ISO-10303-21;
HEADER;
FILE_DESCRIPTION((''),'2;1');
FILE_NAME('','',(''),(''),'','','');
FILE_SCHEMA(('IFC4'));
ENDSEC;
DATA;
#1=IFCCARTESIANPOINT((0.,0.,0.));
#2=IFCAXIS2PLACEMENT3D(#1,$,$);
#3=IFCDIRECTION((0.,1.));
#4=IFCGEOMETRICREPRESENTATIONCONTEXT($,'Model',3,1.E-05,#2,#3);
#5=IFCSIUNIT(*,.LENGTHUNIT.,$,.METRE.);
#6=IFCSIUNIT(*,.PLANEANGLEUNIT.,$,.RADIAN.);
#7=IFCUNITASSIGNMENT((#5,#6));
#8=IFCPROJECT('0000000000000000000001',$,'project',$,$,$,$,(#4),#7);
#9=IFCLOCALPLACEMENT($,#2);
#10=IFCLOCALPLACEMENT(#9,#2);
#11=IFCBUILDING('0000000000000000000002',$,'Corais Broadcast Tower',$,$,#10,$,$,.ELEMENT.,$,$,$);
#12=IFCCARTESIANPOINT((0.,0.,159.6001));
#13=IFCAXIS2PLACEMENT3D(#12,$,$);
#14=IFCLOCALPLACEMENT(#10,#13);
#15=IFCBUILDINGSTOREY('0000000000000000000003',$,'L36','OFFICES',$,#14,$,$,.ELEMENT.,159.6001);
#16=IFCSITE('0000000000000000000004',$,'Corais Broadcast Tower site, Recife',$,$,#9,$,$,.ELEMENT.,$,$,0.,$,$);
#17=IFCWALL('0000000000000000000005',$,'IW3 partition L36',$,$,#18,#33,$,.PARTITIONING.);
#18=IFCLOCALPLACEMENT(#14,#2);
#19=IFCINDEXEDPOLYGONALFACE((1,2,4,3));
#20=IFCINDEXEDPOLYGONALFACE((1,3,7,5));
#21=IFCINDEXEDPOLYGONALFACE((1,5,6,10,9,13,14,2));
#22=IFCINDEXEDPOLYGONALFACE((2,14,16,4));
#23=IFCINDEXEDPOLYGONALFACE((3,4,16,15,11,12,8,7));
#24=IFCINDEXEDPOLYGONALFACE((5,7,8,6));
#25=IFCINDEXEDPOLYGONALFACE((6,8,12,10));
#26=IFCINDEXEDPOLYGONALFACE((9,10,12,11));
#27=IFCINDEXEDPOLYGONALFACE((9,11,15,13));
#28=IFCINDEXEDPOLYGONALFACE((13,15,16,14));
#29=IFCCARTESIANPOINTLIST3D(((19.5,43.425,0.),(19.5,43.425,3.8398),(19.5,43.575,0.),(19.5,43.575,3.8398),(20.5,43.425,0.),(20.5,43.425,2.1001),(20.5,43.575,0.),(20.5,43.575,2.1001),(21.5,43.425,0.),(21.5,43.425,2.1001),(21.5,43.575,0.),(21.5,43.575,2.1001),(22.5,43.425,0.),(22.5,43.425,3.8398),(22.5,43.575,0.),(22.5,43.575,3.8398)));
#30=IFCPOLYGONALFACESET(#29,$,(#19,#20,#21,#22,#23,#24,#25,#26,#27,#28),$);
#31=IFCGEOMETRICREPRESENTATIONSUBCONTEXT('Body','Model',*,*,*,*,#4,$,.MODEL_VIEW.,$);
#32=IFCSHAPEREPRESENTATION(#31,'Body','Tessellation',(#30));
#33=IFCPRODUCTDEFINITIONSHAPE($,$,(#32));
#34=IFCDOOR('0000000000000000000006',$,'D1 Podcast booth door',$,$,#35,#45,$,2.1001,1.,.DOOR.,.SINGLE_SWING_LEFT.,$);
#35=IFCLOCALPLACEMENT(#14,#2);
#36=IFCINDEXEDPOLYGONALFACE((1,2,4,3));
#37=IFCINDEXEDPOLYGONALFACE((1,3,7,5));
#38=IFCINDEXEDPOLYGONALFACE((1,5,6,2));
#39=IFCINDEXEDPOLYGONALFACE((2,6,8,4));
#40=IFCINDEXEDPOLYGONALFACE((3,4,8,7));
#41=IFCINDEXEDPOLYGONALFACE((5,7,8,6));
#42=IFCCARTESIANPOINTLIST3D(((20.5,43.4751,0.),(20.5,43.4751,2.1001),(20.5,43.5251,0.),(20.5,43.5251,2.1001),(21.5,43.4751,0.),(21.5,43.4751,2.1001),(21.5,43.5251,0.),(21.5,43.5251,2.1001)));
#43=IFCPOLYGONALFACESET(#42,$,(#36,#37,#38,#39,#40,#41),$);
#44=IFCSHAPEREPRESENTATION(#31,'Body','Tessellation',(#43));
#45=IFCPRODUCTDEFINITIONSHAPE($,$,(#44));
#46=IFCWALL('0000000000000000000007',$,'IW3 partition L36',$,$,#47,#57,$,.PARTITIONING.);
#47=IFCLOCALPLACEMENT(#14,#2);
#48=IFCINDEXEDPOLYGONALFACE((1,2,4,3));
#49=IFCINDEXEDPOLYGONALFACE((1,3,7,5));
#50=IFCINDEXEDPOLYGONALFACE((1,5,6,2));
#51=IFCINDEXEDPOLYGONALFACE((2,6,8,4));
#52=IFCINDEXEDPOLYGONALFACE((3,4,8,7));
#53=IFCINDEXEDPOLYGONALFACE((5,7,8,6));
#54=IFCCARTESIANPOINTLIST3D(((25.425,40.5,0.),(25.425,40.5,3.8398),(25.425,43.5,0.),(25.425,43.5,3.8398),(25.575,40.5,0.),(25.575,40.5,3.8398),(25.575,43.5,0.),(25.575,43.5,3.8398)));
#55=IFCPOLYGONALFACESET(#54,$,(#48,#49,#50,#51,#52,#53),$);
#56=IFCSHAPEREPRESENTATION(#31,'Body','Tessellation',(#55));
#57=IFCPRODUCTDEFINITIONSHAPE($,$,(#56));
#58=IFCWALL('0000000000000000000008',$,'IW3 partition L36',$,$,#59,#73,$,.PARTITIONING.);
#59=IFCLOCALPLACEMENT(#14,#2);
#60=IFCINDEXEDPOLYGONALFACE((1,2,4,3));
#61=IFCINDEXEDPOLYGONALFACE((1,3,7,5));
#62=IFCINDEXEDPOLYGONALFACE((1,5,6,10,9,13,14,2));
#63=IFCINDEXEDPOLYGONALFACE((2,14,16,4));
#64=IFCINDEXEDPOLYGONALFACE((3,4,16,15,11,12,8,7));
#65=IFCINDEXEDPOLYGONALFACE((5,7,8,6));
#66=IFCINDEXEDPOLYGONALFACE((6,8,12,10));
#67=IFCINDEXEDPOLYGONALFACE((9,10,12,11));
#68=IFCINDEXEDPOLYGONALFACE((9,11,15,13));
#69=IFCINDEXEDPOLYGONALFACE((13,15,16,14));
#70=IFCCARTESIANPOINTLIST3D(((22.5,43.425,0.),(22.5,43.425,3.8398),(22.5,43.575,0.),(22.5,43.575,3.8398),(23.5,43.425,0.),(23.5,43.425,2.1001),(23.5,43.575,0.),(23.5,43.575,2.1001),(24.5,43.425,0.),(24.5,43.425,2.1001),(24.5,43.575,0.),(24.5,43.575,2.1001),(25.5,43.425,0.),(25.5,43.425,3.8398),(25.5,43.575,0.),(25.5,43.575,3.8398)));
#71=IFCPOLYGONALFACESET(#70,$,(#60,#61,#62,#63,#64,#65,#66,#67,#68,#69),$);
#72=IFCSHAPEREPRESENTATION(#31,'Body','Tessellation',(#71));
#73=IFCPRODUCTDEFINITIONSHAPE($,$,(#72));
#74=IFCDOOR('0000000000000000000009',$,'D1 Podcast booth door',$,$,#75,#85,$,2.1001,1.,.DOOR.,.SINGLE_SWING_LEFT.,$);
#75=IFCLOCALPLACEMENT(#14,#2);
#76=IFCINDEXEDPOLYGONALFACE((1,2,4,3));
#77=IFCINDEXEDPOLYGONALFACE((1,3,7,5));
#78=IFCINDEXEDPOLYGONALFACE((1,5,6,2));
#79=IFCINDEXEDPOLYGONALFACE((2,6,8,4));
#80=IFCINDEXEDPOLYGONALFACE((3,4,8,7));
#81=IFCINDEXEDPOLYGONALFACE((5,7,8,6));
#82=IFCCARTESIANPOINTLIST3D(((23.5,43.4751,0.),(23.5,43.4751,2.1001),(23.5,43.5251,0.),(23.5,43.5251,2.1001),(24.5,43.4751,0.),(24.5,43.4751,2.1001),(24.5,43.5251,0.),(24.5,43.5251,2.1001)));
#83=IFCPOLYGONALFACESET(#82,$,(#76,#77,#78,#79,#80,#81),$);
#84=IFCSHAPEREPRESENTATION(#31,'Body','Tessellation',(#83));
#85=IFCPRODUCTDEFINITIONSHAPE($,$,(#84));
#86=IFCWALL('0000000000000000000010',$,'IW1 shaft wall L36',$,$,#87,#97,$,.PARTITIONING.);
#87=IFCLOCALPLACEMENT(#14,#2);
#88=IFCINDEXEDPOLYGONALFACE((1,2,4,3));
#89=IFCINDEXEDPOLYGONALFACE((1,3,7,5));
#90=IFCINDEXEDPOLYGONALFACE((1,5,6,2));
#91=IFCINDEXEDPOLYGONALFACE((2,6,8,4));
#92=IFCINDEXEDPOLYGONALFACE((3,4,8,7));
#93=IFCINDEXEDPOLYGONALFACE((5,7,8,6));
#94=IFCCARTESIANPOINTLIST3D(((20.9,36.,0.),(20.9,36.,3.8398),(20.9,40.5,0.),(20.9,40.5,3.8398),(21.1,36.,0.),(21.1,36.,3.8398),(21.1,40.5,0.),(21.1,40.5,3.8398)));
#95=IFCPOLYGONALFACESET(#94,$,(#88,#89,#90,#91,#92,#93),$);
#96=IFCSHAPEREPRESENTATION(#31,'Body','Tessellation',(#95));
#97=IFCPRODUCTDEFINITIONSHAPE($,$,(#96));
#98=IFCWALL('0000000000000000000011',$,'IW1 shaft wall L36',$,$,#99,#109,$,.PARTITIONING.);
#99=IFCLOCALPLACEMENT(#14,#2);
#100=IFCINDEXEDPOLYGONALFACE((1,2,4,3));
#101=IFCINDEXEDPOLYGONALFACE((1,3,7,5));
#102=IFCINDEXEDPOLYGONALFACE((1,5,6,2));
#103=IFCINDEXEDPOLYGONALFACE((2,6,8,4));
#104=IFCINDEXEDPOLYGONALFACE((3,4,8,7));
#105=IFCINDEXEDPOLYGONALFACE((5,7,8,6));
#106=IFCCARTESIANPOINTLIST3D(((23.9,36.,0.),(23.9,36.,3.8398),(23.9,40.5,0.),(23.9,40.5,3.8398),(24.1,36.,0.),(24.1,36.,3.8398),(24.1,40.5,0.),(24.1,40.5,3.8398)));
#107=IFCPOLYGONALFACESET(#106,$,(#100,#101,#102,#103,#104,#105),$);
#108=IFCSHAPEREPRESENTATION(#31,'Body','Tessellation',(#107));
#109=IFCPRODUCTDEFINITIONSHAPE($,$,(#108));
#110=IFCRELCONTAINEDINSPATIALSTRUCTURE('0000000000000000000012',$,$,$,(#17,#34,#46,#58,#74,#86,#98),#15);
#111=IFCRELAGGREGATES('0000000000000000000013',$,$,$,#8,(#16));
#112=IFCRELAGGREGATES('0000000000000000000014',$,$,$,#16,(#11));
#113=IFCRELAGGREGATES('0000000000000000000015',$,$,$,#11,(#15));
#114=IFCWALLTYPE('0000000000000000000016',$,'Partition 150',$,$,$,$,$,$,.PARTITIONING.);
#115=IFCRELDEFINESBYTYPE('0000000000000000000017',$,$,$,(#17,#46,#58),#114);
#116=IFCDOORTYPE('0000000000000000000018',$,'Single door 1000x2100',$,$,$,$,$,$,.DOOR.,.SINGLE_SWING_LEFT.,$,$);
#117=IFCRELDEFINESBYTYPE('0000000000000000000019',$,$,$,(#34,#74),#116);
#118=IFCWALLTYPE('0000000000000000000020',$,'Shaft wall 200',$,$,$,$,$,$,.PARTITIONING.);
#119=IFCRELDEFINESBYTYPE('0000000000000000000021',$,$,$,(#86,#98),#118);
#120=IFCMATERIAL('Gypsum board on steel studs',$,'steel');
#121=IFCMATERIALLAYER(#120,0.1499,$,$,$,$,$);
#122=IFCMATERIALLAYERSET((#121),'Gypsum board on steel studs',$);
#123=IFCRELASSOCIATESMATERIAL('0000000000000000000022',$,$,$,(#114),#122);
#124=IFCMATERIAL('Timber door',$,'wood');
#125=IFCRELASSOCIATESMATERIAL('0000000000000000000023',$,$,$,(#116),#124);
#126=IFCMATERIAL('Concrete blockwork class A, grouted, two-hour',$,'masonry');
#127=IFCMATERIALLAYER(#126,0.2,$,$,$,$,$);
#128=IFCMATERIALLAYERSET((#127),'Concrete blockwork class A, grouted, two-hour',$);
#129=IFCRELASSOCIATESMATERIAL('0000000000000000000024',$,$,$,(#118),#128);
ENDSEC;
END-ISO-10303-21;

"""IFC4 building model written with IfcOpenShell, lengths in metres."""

from ifc_helpers import new_model, si_unit, direction, frame, frame_2d, origin, place, context, subcontext, project, spatial, rectangle, extrude, material, layer, layer_set, type_object, element, fill, save


model = new_model("IFC4")

# Units and contexts
model_context = context("Model", 3, precision=1e-05, world=origin(), true_north=direction((0.0, 1.0)))
body_context = subcontext(model_context, "Body", "Model", "MODEL_VIEW")
ifc_project = project(units=[si_unit("LENGTHUNIT", "METRE"), si_unit("PLANEANGLEUNIT", "RADIAN")], contexts=[model_context])

# Site, building, storey
site_placement = place(None, origin())
site = spatial("IfcSite", under=ifc_project, at=site_placement, Name="Corais Broadcast Tower site, Recife", CompositionType="ELEMENT", RefElevation=0.0)
building_placement = place(site_placement, origin())
building = spatial("IfcBuilding", under=site, at=building_placement, Name="Corais Broadcast Tower", CompositionType="ELEMENT")
storey_placement = place(building_placement, frame((0.0, 0.0, 159.6001)))
storey = spatial("IfcBuildingStorey", under=building, at=storey_placement, Name="L36", Description="OFFICES", CompositionType="ELEMENT", Elevation=159.6001)

# Shared definitions
ifc_material_1 = material(Name="Gypsum board on steel studs", Category="steel")
ifc_layer_1 = layer(ifc_material_1, 0.1499)
ifc_layer_set_1 = layer_set([ifc_layer_1], Name="Gypsum board on steel studs")
wall_type_1 = type_object("IfcWallType", Name="Partition 150", PredefinedType="PARTITIONING", material=ifc_layer_set_1)

# Shared definitions
ifc_material_2 = material(Name="Timber door", Category="wood")
door_type_1 = type_object("IfcDoorType", Name="Single door 1000x2100", OperationType="SINGLE_SWING_LEFT", PredefinedType="DOOR", material=ifc_material_2)

# Wall, opening, door
wall_1_placement = place(storey_placement, frame((22.5, 43.5, 0.0), z_axis=(0.0, 0.0, 1.0), x_axis=(-1.0, 0.0, 0.0)))
wall_1 = element("IfcWall", 1, at=wall_1_placement, inside=storey, type_object=wall_type_1, Name="IW3 partition L36", PredefinedType="PARTITIONING", context=body_context, shape_type="SweptSolid", body=[
    extrude(rectangle(XDim=3.0, YDim=0.1499, at=frame_2d((1.5, 0.0))), origin(), (0.0, 0.0, 1.0), 3.8398),
])
opening_1_placement = place(wall_1_placement, frame((1.0, 0.0, 0.0)))
opening_1 = element("IfcOpeningElement", 2, at=opening_1_placement, cuts=wall_1, PredefinedType="OPENING", context=body_context, shape_type="SweptSolid", body=[
    extrude(rectangle(XDim=1.0, YDim=2.1001, at=frame_2d((0.5, 1.05))), frame((0.0, 0.085, 0.0), z_axis=(0.0, -1.0, 0.0), x_axis=(1.0, 0.0, 0.0)), (0.0, 0.0, 1.0), 0.1699),
])
door_1_placement = place(opening_1_placement, origin())
door_1 = element("IfcDoor", 3, at=door_1_placement, inside=storey, type_object=door_type_1, Name="D1 Podcast booth door", OperationType="SINGLE_SWING_LEFT", OverallHeight=2.1001, OverallWidth=1.0, PredefinedType="DOOR", context=body_context, shape_type="SweptSolid", body=[
    extrude(rectangle(XDim=1.0, YDim=2.1001, at=frame_2d((0.5, 1.05))), frame((0.0, 0.0249, 0.0), z_axis=(0.0, -1.0, 0.0), x_axis=(1.0, 0.0, 0.0)), (0.0, 0.0, 1.0), 0.05),
])
fill(opening_1, door_1)

# Wall
wall_2_placement = place(storey_placement, frame((25.5, 40.5, 0.0), z_axis=(0.0, 0.0, 1.0), x_axis=(0.0, 1.0, 0.0)))
element("IfcWall", 4, at=wall_2_placement, inside=storey, type_object=wall_type_1, Name="IW3 partition L36", PredefinedType="PARTITIONING", context=body_context, shape_type="SweptSolid", body=[
    extrude(rectangle(XDim=3.0, YDim=0.1499, at=frame_2d((1.5, 0.0))), origin(), (0.0, 0.0, 1.0), 3.8398),
])

# Wall, opening, door
wall_3_placement = place(storey_placement, frame((25.5, 43.5, 0.0), z_axis=(0.0, 0.0, 1.0), x_axis=(-1.0, 0.0, 0.0)))
wall_3 = element("IfcWall", 5, at=wall_3_placement, inside=storey, type_object=wall_type_1, Name="IW3 partition L36", PredefinedType="PARTITIONING", context=body_context, shape_type="SweptSolid", body=[
    extrude(rectangle(XDim=3.0, YDim=0.1499, at=frame_2d((1.5, 0.0))), origin(), (0.0, 0.0, 1.0), 3.8398),
])
opening_2_placement = place(wall_3_placement, frame((1.0, 0.0, 0.0)))
opening_2 = element("IfcOpeningElement", 6, at=opening_2_placement, cuts=wall_3, PredefinedType="OPENING", context=body_context, shape_type="SweptSolid", body=[
    extrude(rectangle(XDim=1.0, YDim=2.1001, at=frame_2d((0.5, 1.05))), frame((0.0, 0.085, 0.0), z_axis=(0.0, -1.0, 0.0), x_axis=(1.0, 0.0, 0.0)), (0.0, 0.0, 1.0), 0.1699),
])
door_2_placement = place(opening_2_placement, origin())
door_2 = element("IfcDoor", 7, at=door_2_placement, inside=storey, type_object=door_type_1, Name="D1 Podcast booth door", OperationType="SINGLE_SWING_LEFT", OverallHeight=2.1001, OverallWidth=1.0, PredefinedType="DOOR", context=body_context, shape_type="SweptSolid", body=[
    extrude(rectangle(XDim=1.0, YDim=2.1001, at=frame_2d((0.5, 1.05))), frame((0.0, 0.0249, 0.0), z_axis=(0.0, -1.0, 0.0), x_axis=(1.0, 0.0, 0.0)), (0.0, 0.0, 1.0), 0.05),
])
fill(opening_2, door_2)

# Walls
ifc_material_3 = material(Name="Concrete blockwork class A, grouted, two-hour", Category="masonry")
ifc_layer_2 = layer(ifc_material_3, 0.2)
ifc_layer_set_2 = layer_set([ifc_layer_2], Name="Concrete blockwork class A, grouted, two-hour")
wall_type_2 = type_object("IfcWallType", Name="Shaft wall 200", PredefinedType="PARTITIONING", material=ifc_layer_set_2)
for number, where, z_axis, x_axis, name in (
    (8, (21.0, 36.0, 0.0), (0.0, 0.0, 1.0), (0.0, 1.0, 0.0), "IW1 shaft wall L36"),
    (9, (24.0, 36.0, 0.0), (0.0, 0.0, 1.0), (0.0, 1.0, 0.0), "IW1 shaft wall L36"),
):
    element("IfcWall", number, at=place(storey_placement, frame(where, z_axis=z_axis, x_axis=x_axis)), inside=storey, type_object=wall_type_2, Name=name, PredefinedType="PARTITIONING", context=body_context, shape_type="SweptSolid", body=[
        extrude(rectangle(XDim=4.5, YDim=0.2, at=frame_2d((2.25, 0.0))), origin(), (0.0, 0.0, 1.0), 3.8398),
    ])

save(model, "model.ifc")
